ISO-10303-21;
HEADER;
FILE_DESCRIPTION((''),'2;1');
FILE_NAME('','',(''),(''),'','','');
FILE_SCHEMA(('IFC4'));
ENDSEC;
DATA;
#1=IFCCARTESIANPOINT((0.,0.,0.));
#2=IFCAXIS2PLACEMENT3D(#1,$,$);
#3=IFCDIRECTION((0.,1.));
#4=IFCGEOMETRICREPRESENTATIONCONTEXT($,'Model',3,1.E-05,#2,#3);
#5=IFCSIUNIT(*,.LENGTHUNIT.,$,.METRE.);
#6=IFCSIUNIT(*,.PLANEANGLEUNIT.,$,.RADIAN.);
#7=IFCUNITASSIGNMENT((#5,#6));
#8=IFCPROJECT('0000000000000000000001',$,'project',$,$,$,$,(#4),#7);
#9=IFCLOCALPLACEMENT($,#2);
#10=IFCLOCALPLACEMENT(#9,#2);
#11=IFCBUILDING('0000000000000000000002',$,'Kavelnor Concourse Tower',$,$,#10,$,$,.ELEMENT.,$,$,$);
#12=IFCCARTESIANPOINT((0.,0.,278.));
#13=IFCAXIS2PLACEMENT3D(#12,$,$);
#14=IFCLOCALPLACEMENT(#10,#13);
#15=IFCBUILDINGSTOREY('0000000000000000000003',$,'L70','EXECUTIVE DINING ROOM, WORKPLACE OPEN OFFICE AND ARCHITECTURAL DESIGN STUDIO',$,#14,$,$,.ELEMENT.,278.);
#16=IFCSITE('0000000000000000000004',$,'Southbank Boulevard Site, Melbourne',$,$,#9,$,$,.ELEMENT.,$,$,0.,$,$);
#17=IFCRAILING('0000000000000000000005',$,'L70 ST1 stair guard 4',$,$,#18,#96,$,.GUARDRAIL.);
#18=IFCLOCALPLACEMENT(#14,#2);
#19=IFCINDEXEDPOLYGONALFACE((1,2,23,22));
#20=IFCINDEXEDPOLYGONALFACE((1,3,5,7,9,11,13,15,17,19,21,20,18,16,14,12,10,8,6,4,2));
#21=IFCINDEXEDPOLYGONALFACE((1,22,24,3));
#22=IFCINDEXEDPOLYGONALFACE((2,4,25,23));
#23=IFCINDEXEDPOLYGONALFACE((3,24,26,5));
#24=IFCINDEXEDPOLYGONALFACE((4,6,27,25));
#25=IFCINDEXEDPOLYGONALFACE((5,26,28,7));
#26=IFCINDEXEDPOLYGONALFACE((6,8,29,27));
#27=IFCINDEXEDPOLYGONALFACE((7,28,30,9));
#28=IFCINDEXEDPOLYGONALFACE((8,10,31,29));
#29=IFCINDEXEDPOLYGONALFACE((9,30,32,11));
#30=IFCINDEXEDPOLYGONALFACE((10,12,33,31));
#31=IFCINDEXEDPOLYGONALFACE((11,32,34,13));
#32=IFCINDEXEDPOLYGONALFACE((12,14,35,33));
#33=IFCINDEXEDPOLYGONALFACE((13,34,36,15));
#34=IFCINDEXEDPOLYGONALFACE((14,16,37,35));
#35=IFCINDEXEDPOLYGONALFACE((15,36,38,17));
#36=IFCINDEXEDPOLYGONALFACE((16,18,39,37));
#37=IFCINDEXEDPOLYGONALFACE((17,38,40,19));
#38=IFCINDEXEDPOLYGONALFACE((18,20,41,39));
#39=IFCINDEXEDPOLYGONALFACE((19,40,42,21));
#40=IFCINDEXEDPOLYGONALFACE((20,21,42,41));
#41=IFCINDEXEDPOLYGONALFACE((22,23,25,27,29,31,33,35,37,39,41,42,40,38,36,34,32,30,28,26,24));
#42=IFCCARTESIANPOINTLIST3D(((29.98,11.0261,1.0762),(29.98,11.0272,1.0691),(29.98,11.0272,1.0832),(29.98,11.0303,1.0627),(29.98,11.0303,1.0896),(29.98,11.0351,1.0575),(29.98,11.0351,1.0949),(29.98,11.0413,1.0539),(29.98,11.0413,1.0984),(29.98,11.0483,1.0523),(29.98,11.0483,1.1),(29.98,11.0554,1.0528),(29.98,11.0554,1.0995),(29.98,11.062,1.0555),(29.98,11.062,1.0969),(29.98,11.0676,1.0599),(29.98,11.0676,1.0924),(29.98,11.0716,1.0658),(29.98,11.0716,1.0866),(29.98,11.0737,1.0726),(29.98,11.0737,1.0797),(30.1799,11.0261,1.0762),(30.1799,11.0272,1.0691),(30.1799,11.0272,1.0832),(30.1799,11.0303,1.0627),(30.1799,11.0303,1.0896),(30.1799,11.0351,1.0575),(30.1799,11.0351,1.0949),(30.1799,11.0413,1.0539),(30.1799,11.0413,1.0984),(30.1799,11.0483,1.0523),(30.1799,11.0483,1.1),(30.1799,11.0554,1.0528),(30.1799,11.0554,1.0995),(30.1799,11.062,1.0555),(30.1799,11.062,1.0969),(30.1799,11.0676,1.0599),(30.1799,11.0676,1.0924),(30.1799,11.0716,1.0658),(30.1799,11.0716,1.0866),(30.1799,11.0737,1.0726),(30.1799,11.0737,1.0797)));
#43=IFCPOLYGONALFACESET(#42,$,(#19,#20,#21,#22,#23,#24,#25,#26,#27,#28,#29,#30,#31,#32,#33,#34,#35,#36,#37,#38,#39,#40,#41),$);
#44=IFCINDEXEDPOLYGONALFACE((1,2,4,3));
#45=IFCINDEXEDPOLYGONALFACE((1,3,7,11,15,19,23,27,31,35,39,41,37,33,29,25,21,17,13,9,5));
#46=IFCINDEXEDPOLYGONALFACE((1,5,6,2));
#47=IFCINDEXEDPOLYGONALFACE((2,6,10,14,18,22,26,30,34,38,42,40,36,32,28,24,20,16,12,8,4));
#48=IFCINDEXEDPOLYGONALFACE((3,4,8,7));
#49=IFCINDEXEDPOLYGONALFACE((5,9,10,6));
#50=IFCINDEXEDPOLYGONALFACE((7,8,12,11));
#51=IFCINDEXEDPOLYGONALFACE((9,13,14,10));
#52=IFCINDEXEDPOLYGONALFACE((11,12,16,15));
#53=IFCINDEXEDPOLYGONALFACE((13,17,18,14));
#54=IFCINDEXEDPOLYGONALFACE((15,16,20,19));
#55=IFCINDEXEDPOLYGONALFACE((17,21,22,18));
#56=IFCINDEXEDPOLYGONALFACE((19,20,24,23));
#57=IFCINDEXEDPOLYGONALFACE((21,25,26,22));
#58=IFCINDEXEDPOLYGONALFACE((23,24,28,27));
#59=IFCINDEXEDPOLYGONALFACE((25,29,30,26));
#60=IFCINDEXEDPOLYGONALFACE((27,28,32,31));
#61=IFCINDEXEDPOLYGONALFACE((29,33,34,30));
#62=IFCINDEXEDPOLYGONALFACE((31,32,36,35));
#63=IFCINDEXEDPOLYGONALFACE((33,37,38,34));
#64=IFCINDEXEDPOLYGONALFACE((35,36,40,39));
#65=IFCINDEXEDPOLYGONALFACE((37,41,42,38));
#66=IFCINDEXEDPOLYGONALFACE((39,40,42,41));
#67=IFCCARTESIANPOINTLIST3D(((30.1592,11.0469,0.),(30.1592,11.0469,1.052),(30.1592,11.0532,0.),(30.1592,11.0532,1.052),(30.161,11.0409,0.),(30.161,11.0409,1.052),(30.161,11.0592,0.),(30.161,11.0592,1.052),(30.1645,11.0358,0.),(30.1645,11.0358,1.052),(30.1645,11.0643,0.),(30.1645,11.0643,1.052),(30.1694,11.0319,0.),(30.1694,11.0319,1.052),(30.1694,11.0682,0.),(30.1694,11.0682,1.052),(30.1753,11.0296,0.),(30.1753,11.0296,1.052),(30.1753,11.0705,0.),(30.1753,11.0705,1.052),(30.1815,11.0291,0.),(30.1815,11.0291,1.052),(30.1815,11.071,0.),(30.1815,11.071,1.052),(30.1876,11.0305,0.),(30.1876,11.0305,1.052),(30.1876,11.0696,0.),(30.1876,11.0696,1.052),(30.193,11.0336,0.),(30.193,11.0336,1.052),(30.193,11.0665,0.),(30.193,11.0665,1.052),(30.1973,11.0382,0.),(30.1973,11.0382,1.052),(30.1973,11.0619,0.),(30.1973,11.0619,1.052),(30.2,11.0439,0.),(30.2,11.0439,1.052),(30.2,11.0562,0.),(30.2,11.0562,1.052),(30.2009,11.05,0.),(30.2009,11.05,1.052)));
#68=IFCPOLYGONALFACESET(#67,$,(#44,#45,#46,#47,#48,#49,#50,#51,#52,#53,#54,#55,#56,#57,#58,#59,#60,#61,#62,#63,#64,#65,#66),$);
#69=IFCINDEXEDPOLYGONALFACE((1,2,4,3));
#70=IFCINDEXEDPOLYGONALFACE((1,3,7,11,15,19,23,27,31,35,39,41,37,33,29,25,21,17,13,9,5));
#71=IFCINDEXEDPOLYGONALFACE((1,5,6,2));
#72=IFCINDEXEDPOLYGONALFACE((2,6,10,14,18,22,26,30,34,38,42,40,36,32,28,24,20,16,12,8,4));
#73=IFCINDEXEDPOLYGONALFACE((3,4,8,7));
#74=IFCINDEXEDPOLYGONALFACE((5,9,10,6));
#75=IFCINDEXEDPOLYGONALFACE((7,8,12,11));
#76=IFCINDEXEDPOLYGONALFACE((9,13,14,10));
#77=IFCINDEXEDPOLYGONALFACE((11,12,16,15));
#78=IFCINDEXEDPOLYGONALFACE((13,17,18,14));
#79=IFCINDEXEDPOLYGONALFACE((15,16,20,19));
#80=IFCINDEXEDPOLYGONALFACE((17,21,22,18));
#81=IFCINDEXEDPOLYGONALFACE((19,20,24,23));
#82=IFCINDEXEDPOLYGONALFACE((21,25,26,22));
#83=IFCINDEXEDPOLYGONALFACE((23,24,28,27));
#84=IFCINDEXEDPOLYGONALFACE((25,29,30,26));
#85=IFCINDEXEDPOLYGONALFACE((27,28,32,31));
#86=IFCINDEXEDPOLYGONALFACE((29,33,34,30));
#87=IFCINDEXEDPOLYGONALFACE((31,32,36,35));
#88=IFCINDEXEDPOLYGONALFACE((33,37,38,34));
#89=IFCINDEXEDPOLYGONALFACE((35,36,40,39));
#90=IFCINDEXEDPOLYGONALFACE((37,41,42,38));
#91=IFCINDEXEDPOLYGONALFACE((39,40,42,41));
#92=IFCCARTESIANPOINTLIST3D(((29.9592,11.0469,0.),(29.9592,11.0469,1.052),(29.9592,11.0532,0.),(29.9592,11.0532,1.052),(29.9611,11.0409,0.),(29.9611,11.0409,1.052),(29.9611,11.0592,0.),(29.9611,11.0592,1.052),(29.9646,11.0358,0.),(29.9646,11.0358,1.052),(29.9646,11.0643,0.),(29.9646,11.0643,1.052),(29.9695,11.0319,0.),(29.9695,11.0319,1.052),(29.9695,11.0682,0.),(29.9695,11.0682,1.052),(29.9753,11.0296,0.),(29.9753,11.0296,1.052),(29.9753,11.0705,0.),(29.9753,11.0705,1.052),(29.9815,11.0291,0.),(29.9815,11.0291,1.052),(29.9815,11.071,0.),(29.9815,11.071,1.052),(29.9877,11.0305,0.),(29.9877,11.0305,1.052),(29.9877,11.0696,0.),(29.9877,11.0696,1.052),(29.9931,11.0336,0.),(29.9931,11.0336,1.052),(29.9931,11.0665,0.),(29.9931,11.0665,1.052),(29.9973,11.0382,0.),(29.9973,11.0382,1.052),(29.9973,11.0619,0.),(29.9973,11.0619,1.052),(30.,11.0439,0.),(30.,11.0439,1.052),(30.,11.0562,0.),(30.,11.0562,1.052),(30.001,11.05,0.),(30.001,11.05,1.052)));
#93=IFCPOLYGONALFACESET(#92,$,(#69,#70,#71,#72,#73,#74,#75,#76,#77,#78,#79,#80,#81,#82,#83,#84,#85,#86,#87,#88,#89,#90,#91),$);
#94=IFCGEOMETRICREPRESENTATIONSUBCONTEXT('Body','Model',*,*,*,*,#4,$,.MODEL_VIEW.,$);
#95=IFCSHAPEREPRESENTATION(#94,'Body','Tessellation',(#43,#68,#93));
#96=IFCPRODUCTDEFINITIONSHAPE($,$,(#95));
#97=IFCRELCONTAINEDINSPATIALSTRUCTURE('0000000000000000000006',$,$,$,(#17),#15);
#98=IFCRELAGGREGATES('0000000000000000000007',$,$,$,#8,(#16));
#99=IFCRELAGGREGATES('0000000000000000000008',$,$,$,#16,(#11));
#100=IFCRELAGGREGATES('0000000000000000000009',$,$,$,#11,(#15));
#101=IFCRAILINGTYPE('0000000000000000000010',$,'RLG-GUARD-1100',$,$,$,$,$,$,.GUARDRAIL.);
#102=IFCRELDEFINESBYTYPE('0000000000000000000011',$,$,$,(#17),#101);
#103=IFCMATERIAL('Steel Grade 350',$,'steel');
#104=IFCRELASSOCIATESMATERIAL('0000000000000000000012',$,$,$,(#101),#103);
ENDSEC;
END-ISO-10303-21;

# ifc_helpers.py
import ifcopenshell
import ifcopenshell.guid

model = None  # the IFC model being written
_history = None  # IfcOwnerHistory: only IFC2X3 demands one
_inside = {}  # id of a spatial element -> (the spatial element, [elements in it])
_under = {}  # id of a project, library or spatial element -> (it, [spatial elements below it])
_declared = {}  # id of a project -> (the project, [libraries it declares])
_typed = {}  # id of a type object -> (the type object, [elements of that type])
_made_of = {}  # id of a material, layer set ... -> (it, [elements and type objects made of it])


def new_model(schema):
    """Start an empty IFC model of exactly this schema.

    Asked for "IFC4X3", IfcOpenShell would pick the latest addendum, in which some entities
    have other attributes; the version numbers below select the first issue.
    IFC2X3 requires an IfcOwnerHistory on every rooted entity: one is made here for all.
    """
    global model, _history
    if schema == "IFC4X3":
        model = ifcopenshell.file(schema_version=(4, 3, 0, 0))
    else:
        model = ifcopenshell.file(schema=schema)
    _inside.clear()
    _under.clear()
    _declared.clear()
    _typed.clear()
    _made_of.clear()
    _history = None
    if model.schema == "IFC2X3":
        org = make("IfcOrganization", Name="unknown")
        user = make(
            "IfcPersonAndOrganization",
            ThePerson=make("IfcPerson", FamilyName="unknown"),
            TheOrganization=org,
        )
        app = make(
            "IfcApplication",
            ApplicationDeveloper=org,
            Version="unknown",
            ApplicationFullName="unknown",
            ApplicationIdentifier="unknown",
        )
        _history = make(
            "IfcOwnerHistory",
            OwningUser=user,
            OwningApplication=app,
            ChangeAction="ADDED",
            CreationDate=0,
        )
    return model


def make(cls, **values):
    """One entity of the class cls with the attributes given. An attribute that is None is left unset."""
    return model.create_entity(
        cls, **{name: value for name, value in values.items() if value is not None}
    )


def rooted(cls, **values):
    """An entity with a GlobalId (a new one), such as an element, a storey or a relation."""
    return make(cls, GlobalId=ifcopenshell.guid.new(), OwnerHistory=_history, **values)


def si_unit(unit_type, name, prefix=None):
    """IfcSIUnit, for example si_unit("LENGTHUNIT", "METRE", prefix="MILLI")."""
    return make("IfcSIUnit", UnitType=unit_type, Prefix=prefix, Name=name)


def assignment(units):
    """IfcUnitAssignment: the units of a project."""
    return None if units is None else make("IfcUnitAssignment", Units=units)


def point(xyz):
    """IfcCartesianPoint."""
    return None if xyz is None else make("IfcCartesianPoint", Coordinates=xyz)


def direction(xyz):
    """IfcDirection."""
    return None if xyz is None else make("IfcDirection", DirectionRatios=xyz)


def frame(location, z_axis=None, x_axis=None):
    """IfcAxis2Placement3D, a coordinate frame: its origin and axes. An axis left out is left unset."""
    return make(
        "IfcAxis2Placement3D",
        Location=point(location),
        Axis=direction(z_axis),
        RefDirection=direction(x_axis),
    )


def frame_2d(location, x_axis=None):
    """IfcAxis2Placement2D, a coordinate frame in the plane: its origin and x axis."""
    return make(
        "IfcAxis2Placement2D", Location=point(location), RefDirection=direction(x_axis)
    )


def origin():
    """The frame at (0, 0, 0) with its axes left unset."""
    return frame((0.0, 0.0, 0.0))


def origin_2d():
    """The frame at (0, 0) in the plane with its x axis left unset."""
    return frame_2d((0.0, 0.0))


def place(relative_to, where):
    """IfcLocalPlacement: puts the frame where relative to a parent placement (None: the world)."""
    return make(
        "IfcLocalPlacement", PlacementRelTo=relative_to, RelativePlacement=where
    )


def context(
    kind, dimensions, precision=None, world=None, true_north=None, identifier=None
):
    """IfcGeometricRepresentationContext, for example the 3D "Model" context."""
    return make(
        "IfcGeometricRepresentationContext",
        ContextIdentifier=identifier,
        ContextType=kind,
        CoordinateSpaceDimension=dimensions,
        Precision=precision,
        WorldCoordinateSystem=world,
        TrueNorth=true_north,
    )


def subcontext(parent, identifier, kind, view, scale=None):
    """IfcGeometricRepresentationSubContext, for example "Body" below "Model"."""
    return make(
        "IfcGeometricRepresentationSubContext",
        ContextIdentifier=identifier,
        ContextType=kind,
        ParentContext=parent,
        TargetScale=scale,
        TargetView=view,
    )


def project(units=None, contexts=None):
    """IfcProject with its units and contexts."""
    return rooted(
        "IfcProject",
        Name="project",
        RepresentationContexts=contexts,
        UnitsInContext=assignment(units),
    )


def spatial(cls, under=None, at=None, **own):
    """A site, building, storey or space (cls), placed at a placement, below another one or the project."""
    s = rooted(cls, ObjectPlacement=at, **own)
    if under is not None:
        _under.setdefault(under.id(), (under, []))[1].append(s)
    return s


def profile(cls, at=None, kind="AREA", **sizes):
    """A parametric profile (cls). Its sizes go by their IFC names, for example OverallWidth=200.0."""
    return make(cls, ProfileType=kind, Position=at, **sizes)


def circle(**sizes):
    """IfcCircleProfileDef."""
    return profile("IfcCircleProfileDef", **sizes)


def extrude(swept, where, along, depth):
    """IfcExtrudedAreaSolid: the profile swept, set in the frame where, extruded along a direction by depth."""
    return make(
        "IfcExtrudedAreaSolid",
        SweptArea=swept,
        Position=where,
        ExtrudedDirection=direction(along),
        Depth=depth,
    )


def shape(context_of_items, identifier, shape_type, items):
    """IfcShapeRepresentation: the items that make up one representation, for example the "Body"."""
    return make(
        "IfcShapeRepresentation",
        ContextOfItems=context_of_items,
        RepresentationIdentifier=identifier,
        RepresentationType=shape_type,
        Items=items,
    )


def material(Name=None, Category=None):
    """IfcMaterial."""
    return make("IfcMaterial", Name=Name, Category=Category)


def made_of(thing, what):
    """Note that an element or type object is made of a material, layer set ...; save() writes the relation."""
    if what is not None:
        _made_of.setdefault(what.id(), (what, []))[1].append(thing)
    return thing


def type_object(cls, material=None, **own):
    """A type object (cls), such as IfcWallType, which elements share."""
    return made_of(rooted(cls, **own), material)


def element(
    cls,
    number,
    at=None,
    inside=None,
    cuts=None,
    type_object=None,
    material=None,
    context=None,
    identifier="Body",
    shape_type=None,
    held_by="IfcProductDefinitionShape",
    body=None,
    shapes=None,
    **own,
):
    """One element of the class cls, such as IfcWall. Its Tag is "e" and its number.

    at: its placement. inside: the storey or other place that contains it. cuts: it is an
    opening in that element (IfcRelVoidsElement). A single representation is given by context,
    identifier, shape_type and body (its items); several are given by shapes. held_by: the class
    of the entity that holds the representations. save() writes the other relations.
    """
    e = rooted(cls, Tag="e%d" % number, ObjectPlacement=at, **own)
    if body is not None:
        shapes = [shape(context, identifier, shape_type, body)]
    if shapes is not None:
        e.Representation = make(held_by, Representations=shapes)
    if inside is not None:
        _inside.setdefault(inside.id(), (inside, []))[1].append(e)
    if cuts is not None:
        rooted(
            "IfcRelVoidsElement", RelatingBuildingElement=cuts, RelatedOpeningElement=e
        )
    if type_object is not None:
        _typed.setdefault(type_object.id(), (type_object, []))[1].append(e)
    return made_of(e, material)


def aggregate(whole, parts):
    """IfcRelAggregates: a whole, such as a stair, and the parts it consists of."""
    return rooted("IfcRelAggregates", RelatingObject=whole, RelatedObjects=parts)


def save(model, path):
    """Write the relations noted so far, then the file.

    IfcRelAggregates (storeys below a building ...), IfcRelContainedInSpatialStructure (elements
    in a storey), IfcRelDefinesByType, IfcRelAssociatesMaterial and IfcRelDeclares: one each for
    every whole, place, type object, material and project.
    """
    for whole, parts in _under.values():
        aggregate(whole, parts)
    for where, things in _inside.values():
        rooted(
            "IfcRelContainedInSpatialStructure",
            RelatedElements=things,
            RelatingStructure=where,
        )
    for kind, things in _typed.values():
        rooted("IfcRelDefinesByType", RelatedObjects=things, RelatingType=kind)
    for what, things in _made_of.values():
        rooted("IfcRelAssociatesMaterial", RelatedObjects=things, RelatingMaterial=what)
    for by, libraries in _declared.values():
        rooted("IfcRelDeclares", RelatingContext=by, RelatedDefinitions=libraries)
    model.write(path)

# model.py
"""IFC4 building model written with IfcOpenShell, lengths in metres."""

from ifc_helpers import new_model, si_unit, direction, frame, origin, origin_2d, place, context, subcontext, project, spatial, circle, extrude, material, type_object, element, save


model = new_model("IFC4")

# Units and contexts
model_context = context("Model", 3, precision=1e-05, world=origin(), true_north=direction((0.0, 1.0)))
body_context = subcontext(model_context, "Body", "Model", "MODEL_VIEW")
ifc_project = project(units=[si_unit("LENGTHUNIT", "METRE"), si_unit("PLANEANGLEUNIT", "RADIAN")], contexts=[model_context])

# Site, building, storey
site_placement = place(None, origin())
site = spatial("IfcSite", under=ifc_project, at=site_placement, Name="Southbank Boulevard Site, Melbourne", CompositionType="ELEMENT", RefElevation=0.0)
building_placement = place(site_placement, origin())
building = spatial("IfcBuilding", under=site, at=building_placement, Name="Kavelnor Concourse Tower", CompositionType="ELEMENT")
storey_placement = place(building_placement, frame((0.0, 0.0, 278.0)))
storey = spatial("IfcBuildingStorey", under=building, at=storey_placement, Name="L70", Description="EXECUTIVE DINING ROOM, WORKPLACE OPEN OFFICE AND ARCHITECTURAL DESIGN STUDIO", CompositionType="ELEMENT", Elevation=278.0)

# Shared definitions
ifc_material_1 = material(Name="Steel Grade 350", Category="steel")

# Railing
railing_type_1 = type_object("IfcRailingType", Name="RLG-GUARD-1100", PredefinedType="GUARDRAIL", material=ifc_material_1)
railing_1_placement = place(storey_placement, frame((30.1799, 11.05, 0.0)))
element("IfcRailing", 1, at=railing_1_placement, inside=storey, type_object=railing_type_1, Name="L70 ST1 stair guard 4", PredefinedType="GUARDRAIL", context=body_context, shape_type="SweptSolid", body=[
    extrude(circle(Radius=0.0239, at=origin_2d()), frame((0.0, 0.0, 1.0762), z_axis=(-1.0, 0.0, 0.0), x_axis=(0.0, -1.0, 0.0)), (0.0, 0.0, 1.0), 0.2),
    extrude(circle(Radius=0.021, at=origin_2d()), origin(), (0.0, 0.0, 1.0), 1.052),
    extrude(circle(Radius=0.021, at=origin_2d()), frame((-0.2, 0.0, 0.0)), (0.0, 0.0, 1.0), 1.052),
])

save(model, "model.ifc")
